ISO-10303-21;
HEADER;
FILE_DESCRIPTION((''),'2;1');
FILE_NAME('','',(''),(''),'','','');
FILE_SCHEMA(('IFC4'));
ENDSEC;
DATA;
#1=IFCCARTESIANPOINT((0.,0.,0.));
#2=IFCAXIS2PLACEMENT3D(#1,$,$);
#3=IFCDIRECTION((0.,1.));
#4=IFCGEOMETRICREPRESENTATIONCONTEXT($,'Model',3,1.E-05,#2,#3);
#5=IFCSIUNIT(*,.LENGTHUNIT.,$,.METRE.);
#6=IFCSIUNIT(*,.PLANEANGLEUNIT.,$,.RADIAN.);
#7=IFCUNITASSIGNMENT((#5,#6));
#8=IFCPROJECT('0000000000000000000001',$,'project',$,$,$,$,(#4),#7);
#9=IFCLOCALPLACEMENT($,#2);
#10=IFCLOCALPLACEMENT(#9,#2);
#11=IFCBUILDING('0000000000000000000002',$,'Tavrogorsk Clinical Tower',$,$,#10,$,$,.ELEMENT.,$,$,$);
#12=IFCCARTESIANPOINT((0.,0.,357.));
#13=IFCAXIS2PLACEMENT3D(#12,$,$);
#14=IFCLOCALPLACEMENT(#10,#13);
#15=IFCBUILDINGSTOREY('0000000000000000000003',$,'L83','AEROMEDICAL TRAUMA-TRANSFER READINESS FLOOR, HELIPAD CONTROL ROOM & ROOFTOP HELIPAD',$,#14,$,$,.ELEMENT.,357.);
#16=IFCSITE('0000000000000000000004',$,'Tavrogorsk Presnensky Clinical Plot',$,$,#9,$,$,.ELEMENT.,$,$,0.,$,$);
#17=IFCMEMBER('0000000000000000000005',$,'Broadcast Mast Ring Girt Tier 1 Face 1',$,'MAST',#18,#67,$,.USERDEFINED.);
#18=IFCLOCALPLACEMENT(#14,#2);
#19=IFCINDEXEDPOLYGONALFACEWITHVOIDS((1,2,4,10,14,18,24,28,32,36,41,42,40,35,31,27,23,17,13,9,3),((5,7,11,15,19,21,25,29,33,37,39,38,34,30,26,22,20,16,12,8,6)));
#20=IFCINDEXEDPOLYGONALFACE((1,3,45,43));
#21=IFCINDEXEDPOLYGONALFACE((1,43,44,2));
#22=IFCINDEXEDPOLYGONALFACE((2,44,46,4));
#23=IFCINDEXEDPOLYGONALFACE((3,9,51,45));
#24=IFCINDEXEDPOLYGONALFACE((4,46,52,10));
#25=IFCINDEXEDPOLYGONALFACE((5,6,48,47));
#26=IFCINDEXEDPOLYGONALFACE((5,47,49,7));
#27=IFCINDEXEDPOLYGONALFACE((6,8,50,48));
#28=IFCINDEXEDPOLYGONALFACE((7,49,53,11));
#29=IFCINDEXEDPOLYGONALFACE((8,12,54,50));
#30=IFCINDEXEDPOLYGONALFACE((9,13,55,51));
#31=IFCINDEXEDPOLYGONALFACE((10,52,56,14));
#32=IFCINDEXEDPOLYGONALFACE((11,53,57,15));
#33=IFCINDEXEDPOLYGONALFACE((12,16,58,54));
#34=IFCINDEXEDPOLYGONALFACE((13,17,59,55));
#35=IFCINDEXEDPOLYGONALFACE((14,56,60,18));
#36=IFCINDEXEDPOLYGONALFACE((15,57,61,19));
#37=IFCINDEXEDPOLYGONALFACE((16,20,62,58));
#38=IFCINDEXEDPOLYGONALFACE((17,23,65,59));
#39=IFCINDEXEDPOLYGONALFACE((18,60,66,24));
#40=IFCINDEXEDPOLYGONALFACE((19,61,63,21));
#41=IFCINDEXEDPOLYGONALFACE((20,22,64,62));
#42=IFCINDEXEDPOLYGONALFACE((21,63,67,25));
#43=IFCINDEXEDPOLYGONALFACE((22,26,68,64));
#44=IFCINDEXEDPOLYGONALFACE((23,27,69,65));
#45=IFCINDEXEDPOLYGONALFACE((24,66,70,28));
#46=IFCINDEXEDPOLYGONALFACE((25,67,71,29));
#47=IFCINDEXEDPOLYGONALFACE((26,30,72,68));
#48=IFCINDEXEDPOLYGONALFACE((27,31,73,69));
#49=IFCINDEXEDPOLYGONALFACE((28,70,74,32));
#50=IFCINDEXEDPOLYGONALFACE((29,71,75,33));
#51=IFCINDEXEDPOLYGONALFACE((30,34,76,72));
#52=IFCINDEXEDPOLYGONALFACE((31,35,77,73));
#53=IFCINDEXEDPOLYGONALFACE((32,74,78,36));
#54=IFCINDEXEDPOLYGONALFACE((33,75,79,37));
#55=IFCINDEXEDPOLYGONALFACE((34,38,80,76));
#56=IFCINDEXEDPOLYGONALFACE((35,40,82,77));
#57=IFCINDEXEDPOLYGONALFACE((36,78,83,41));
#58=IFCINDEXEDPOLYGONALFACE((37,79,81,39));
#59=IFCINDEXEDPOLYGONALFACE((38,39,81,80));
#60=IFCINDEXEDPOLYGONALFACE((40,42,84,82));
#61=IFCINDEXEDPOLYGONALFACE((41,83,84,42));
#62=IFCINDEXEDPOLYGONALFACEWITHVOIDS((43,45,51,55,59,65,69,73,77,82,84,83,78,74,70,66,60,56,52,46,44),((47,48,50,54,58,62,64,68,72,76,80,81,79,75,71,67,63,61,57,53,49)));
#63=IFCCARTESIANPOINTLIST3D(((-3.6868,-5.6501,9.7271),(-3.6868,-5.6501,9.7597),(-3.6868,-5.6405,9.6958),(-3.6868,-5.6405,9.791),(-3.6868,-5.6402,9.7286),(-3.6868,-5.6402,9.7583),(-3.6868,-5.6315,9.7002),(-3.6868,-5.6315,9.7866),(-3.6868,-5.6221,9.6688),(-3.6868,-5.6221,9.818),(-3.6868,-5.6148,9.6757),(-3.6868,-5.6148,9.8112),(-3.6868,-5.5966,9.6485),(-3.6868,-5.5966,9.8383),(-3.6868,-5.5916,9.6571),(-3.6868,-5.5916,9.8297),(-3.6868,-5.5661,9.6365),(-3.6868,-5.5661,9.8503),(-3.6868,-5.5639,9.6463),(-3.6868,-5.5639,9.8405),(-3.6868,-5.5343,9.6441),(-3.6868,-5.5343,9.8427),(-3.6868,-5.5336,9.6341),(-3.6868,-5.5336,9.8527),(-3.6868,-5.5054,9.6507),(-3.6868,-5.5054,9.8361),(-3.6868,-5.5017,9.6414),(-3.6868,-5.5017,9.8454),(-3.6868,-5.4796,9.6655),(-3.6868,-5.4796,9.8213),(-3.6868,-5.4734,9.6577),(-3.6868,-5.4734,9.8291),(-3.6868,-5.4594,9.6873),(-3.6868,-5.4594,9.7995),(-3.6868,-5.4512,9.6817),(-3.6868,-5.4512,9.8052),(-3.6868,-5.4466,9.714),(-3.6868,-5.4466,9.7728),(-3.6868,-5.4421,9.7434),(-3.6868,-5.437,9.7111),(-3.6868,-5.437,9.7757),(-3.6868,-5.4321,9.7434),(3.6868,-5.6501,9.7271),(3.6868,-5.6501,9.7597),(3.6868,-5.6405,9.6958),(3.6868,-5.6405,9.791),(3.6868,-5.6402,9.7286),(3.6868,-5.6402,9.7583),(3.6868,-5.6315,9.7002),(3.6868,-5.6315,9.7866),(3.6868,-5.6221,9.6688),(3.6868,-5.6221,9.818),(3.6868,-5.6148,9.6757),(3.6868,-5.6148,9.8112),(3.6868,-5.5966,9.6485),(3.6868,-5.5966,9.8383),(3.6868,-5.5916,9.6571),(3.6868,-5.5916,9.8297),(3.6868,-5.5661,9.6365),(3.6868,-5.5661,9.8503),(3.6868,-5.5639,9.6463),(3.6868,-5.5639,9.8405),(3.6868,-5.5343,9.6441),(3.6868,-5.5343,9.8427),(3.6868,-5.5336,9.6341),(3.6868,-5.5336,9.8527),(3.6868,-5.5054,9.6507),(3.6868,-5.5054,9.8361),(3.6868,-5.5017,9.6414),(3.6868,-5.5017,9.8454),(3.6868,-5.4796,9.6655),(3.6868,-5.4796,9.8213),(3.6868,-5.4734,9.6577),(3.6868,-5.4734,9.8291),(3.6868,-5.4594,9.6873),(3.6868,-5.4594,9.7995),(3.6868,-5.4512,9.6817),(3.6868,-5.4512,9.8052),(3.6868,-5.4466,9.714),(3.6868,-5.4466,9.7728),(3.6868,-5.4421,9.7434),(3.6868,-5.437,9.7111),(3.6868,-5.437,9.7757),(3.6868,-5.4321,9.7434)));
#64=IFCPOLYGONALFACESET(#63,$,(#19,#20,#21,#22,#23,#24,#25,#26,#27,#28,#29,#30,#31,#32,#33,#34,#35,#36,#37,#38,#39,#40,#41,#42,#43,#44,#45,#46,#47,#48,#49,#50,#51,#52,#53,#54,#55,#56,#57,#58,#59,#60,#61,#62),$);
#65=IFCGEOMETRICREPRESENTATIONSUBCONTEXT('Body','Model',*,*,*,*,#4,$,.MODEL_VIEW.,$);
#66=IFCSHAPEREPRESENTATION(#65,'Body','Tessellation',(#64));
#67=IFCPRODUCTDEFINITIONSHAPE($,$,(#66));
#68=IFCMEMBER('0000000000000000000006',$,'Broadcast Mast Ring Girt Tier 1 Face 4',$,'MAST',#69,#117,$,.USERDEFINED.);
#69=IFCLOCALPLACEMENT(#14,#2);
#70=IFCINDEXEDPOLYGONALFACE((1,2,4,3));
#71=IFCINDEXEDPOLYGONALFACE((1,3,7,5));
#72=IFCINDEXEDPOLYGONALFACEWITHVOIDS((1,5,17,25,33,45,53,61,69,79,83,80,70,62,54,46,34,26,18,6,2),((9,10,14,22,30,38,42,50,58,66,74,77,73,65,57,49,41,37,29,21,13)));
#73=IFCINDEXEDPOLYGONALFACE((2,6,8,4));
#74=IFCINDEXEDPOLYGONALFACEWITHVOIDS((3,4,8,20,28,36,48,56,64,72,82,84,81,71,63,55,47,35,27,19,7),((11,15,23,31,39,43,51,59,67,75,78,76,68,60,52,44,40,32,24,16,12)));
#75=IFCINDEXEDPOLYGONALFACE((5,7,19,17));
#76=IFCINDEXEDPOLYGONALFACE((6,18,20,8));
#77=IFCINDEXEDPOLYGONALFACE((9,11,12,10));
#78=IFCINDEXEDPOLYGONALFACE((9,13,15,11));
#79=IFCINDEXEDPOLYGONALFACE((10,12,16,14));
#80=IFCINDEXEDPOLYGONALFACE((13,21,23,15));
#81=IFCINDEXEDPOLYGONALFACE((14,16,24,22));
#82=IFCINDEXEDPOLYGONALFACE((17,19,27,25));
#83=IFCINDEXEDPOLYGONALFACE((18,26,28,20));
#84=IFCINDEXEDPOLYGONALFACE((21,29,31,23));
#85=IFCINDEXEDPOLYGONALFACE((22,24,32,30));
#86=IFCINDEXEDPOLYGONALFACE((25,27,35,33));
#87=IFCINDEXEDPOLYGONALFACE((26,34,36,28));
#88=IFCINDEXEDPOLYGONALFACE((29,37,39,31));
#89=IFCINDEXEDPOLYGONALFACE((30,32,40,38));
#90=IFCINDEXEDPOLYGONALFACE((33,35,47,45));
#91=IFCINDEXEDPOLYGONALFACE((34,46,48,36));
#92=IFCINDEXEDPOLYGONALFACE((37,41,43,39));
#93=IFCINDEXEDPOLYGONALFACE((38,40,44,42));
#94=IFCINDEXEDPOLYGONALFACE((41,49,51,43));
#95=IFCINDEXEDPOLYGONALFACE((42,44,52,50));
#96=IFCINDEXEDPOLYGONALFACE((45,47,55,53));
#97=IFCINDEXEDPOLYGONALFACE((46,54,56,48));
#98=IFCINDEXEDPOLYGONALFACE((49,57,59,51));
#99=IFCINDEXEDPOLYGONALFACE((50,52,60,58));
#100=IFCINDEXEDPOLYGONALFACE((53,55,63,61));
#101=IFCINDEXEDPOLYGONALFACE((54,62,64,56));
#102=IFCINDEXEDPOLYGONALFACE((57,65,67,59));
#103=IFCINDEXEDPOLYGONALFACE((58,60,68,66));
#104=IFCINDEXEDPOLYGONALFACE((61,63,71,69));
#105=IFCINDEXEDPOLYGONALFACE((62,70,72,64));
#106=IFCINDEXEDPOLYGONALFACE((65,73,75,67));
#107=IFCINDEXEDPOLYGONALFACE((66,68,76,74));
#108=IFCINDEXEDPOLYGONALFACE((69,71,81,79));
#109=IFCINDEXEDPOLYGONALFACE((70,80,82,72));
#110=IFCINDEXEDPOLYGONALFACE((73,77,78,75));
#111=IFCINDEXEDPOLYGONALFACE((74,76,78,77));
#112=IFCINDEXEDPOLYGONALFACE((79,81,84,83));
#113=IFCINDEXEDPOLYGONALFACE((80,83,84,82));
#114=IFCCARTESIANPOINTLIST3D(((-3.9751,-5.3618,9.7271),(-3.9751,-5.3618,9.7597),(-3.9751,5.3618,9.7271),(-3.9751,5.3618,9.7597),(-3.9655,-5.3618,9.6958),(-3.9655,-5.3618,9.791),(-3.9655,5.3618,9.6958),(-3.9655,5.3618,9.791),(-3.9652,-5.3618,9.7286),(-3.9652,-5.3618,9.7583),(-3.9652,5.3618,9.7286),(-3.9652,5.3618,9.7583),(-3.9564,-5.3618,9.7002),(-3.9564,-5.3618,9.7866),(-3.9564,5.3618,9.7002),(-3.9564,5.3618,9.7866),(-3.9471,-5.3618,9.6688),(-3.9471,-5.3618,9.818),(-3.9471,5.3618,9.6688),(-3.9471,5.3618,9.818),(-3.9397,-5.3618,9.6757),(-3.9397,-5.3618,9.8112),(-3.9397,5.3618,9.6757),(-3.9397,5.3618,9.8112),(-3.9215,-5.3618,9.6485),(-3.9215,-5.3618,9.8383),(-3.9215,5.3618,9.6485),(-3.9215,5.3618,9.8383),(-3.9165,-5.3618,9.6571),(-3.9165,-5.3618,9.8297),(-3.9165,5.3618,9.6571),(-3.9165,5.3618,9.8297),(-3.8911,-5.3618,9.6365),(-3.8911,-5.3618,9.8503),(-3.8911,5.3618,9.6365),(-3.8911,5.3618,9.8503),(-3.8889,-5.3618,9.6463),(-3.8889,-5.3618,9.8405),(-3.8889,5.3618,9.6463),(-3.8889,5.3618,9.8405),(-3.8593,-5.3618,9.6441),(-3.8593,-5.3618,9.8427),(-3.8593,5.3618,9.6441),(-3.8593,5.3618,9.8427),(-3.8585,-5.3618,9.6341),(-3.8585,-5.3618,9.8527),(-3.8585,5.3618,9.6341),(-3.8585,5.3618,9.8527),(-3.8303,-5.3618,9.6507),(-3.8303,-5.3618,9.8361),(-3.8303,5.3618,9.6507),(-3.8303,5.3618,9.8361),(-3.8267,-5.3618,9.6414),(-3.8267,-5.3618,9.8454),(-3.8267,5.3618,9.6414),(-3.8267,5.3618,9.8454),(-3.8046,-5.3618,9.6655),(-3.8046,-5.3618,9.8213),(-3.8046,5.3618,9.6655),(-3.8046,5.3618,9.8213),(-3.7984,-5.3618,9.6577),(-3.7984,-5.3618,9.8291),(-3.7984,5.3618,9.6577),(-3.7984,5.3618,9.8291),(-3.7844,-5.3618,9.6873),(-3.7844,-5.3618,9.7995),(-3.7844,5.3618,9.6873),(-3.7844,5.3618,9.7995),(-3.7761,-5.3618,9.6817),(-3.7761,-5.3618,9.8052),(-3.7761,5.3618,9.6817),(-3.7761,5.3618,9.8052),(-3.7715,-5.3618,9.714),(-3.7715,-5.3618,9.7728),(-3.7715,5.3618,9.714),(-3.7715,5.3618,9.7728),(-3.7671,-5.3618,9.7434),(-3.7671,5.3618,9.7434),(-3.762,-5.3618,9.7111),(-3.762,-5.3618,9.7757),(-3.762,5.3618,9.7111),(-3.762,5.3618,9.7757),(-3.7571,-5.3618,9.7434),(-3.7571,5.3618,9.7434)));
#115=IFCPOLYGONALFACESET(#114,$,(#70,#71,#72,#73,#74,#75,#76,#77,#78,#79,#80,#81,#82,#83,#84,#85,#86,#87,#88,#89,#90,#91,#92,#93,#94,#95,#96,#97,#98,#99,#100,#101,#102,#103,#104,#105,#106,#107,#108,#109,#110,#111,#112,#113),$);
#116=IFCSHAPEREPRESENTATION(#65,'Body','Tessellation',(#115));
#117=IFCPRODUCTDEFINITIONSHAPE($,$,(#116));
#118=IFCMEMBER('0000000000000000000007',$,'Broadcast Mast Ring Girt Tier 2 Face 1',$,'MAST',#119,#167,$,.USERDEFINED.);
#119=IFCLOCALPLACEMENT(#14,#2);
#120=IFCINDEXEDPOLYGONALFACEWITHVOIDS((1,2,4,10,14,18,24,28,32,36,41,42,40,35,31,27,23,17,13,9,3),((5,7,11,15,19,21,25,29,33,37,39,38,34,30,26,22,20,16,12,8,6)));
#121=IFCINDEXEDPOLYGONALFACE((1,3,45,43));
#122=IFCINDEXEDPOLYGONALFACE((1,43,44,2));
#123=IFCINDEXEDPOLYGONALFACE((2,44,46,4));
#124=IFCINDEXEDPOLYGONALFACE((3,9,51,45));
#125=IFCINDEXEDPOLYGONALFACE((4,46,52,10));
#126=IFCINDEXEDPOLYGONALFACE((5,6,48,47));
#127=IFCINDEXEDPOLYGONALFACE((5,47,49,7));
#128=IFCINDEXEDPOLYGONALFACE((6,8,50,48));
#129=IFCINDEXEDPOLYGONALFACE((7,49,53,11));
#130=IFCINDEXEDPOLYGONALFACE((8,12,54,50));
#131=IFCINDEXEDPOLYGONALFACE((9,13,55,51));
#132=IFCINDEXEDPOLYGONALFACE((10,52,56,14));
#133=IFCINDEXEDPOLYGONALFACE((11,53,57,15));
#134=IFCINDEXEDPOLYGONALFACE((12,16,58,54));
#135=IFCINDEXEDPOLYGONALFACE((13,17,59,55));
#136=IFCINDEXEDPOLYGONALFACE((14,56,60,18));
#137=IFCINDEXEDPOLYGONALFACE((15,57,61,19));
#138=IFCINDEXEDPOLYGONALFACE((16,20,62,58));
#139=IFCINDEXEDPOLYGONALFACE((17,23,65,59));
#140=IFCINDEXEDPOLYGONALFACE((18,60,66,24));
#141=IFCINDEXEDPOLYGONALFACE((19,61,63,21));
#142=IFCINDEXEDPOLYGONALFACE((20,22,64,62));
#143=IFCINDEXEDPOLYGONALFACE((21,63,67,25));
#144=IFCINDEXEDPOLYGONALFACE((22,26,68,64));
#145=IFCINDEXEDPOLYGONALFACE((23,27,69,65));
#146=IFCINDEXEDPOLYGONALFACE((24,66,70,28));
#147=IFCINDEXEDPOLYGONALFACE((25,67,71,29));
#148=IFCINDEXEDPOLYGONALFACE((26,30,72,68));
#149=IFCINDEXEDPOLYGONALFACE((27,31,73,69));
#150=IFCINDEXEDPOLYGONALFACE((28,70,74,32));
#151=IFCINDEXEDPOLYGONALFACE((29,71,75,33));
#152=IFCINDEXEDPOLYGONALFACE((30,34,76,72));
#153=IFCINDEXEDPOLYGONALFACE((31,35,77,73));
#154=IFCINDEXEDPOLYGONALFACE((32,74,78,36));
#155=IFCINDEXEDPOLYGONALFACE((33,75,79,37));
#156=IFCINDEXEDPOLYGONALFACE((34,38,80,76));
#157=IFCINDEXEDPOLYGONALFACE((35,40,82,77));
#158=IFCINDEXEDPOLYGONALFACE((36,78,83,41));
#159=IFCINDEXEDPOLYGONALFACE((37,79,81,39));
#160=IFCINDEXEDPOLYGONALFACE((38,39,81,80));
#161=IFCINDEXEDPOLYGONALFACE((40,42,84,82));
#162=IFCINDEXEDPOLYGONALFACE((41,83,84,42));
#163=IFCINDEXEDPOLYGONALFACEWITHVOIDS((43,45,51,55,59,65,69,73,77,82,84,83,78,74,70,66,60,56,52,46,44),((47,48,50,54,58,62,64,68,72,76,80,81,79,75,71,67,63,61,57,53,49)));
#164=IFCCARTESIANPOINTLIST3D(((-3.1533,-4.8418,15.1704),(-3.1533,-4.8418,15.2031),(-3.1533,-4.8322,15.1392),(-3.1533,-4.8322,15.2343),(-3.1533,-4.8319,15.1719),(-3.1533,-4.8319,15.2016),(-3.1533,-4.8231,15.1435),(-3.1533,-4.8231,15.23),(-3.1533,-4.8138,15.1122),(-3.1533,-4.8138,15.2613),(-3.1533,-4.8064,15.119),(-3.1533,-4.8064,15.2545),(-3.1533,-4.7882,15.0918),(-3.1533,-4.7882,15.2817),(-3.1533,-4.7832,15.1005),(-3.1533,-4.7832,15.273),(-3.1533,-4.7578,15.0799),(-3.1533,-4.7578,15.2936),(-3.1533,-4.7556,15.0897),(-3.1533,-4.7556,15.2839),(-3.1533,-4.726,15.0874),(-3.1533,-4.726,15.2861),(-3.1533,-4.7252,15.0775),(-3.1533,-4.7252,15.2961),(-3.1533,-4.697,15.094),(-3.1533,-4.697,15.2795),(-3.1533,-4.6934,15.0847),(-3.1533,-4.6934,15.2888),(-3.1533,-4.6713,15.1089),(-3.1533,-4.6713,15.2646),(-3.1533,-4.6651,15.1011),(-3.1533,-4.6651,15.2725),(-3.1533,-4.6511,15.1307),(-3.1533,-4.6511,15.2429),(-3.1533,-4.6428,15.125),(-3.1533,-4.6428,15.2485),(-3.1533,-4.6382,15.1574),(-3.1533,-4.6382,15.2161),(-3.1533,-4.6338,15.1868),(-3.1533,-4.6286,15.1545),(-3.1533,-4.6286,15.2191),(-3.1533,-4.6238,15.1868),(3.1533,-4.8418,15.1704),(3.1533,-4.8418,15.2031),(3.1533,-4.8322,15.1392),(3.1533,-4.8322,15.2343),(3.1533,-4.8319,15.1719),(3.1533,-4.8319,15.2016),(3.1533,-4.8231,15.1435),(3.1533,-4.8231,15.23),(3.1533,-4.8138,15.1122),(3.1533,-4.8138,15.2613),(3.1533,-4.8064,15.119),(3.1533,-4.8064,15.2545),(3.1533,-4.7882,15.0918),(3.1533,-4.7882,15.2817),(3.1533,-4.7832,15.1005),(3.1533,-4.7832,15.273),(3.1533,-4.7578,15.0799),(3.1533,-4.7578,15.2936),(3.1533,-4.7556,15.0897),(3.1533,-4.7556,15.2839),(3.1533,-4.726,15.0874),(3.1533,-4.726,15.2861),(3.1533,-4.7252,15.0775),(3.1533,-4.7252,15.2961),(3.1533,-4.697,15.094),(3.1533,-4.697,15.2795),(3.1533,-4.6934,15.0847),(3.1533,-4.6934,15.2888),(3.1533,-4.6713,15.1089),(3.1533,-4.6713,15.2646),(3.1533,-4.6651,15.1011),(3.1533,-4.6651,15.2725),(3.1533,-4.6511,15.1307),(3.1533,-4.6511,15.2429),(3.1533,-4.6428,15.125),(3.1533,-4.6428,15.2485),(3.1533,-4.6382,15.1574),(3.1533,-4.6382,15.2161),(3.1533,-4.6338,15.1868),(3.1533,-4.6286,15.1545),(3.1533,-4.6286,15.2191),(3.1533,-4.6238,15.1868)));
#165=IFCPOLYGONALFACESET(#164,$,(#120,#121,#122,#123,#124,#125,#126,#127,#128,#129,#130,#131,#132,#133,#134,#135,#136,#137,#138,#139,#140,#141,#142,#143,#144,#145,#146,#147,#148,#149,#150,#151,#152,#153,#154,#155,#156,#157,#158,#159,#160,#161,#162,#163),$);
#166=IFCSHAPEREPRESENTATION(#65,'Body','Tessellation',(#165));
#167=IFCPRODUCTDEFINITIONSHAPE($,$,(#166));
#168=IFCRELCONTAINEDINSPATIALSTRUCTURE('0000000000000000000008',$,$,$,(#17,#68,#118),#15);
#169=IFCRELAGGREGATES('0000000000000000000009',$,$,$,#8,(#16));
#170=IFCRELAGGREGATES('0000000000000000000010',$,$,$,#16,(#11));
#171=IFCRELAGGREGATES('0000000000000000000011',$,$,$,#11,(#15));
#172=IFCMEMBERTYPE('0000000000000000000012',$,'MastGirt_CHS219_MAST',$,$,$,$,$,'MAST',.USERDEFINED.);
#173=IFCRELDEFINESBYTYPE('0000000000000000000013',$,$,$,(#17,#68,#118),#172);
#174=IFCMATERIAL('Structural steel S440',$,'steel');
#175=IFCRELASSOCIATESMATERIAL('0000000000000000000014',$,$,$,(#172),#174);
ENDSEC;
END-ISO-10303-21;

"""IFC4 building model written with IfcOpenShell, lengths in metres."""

from ifc_helpers import new_model, si_unit, direction, frame, origin, origin_2d, place, context, subcontext, project, spatial, hollow_circle, extrude, material, material_profile, profile_set, type_object, element, save


model = new_model("IFC4")

# Units and contexts
model_context = context("Model", 3, precision=1e-05, world=origin(), true_north=direction((0.0, 1.0)))
body_context = subcontext(model_context, "Body", "Model", "MODEL_VIEW")
ifc_project = project(units=[si_unit("LENGTHUNIT", "METRE"), si_unit("PLANEANGLEUNIT", "RADIAN")], contexts=[model_context])

# Site, building, storey
site_placement = place(None, origin())
site = spatial("IfcSite", under=ifc_project, at=site_placement, Name="Tavrogorsk Presnensky Clinical Plot", CompositionType="ELEMENT", RefElevation=0.0)
building_placement = place(site_placement, origin())
building = spatial("IfcBuilding", under=site, at=building_placement, Name="Tavrogorsk Clinical Tower", CompositionType="ELEMENT")
storey_placement = place(building_placement, frame((0.0, 0.0, 357.0)))
storey = spatial("IfcBuildingStorey", under=building, at=storey_placement, Name="L83", Description="AEROMEDICAL TRAUMA-TRANSFER READINESS FLOOR, HELIPAD CONTROL ROOM & ROOFTOP HELIPAD", CompositionType="ELEMENT", Elevation=357.0)

# Members
ifc_material_1 = material(Name="Structural steel S440", Category="steel")
ifc_material_profile_1 = material_profile(ifc_material_1, hollow_circle(Radius=0.1096, WallThickness=0.01, at=origin_2d()), Name="CHS-219.1x10")
ifc_profile_set_1 = profile_set([ifc_material_profile_1], Name="Structural steel S440")
member_type_1 = type_object("IfcMemberType", Name="MastGirt_CHS219_MAST", ElementType="MAST", PredefinedType="USERDEFINED", material=ifc_profile_set_1)
member_1_placement = place(storey_placement, frame((-3.6868, -5.5417, 9.7434), z_axis=(1.0, 0.0, 0.0), x_axis=(0.0, 1.0, 0.0)))
element("IfcMember", 1, at=member_1_placement, inside=storey, type_object=member_type_1, Name="Broadcast Mast Ring Girt Tier 1 Face 1", ObjectType="MAST", PredefinedType="USERDEFINED", context=body_context, shape_type="SweptSolid", body=[
    extrude(hollow_circle(Radius=0.1096, WallThickness=0.01, at=origin_2d()), origin(), (0.0, 0.0, 1.0), 7.3735),
])
member_2_placement = place(storey_placement, frame((-3.8667, 5.3618, 9.7434), z_axis=(0.0, -1.0, 0.0), x_axis=(1.0, 0.0, 0.0)))
element("IfcMember", 2, at=member_2_placement, inside=storey, type_object=member_type_1, Name="Broadcast Mast Ring Girt Tier 1 Face 4", ObjectType="MAST", PredefinedType="USERDEFINED", context=body_context, shape_type="SweptSolid", body=[
    extrude(hollow_circle(Radius=0.1096, WallThickness=0.01, at=origin_2d()), origin(), (0.0, 0.0, 1.0), 10.7236),
])
member_3_placement = place(storey_placement, frame((-3.1533, -4.7334, 15.1868), z_axis=(1.0, 0.0, 0.0), x_axis=(0.0, 1.0, 0.0)))
element("IfcMember", 3, at=member_3_placement, inside=storey, type_object=member_type_1, Name="Broadcast Mast Ring Girt Tier 2 Face 1", ObjectType="MAST", PredefinedType="USERDEFINED", context=body_context, shape_type="SweptSolid", body=[
    extrude(hollow_circle(Radius=0.1096, WallThickness=0.01, at=origin_2d()), origin(), (0.0, 0.0, 1.0), 6.3066),
])

save(model, "model.ifc")
